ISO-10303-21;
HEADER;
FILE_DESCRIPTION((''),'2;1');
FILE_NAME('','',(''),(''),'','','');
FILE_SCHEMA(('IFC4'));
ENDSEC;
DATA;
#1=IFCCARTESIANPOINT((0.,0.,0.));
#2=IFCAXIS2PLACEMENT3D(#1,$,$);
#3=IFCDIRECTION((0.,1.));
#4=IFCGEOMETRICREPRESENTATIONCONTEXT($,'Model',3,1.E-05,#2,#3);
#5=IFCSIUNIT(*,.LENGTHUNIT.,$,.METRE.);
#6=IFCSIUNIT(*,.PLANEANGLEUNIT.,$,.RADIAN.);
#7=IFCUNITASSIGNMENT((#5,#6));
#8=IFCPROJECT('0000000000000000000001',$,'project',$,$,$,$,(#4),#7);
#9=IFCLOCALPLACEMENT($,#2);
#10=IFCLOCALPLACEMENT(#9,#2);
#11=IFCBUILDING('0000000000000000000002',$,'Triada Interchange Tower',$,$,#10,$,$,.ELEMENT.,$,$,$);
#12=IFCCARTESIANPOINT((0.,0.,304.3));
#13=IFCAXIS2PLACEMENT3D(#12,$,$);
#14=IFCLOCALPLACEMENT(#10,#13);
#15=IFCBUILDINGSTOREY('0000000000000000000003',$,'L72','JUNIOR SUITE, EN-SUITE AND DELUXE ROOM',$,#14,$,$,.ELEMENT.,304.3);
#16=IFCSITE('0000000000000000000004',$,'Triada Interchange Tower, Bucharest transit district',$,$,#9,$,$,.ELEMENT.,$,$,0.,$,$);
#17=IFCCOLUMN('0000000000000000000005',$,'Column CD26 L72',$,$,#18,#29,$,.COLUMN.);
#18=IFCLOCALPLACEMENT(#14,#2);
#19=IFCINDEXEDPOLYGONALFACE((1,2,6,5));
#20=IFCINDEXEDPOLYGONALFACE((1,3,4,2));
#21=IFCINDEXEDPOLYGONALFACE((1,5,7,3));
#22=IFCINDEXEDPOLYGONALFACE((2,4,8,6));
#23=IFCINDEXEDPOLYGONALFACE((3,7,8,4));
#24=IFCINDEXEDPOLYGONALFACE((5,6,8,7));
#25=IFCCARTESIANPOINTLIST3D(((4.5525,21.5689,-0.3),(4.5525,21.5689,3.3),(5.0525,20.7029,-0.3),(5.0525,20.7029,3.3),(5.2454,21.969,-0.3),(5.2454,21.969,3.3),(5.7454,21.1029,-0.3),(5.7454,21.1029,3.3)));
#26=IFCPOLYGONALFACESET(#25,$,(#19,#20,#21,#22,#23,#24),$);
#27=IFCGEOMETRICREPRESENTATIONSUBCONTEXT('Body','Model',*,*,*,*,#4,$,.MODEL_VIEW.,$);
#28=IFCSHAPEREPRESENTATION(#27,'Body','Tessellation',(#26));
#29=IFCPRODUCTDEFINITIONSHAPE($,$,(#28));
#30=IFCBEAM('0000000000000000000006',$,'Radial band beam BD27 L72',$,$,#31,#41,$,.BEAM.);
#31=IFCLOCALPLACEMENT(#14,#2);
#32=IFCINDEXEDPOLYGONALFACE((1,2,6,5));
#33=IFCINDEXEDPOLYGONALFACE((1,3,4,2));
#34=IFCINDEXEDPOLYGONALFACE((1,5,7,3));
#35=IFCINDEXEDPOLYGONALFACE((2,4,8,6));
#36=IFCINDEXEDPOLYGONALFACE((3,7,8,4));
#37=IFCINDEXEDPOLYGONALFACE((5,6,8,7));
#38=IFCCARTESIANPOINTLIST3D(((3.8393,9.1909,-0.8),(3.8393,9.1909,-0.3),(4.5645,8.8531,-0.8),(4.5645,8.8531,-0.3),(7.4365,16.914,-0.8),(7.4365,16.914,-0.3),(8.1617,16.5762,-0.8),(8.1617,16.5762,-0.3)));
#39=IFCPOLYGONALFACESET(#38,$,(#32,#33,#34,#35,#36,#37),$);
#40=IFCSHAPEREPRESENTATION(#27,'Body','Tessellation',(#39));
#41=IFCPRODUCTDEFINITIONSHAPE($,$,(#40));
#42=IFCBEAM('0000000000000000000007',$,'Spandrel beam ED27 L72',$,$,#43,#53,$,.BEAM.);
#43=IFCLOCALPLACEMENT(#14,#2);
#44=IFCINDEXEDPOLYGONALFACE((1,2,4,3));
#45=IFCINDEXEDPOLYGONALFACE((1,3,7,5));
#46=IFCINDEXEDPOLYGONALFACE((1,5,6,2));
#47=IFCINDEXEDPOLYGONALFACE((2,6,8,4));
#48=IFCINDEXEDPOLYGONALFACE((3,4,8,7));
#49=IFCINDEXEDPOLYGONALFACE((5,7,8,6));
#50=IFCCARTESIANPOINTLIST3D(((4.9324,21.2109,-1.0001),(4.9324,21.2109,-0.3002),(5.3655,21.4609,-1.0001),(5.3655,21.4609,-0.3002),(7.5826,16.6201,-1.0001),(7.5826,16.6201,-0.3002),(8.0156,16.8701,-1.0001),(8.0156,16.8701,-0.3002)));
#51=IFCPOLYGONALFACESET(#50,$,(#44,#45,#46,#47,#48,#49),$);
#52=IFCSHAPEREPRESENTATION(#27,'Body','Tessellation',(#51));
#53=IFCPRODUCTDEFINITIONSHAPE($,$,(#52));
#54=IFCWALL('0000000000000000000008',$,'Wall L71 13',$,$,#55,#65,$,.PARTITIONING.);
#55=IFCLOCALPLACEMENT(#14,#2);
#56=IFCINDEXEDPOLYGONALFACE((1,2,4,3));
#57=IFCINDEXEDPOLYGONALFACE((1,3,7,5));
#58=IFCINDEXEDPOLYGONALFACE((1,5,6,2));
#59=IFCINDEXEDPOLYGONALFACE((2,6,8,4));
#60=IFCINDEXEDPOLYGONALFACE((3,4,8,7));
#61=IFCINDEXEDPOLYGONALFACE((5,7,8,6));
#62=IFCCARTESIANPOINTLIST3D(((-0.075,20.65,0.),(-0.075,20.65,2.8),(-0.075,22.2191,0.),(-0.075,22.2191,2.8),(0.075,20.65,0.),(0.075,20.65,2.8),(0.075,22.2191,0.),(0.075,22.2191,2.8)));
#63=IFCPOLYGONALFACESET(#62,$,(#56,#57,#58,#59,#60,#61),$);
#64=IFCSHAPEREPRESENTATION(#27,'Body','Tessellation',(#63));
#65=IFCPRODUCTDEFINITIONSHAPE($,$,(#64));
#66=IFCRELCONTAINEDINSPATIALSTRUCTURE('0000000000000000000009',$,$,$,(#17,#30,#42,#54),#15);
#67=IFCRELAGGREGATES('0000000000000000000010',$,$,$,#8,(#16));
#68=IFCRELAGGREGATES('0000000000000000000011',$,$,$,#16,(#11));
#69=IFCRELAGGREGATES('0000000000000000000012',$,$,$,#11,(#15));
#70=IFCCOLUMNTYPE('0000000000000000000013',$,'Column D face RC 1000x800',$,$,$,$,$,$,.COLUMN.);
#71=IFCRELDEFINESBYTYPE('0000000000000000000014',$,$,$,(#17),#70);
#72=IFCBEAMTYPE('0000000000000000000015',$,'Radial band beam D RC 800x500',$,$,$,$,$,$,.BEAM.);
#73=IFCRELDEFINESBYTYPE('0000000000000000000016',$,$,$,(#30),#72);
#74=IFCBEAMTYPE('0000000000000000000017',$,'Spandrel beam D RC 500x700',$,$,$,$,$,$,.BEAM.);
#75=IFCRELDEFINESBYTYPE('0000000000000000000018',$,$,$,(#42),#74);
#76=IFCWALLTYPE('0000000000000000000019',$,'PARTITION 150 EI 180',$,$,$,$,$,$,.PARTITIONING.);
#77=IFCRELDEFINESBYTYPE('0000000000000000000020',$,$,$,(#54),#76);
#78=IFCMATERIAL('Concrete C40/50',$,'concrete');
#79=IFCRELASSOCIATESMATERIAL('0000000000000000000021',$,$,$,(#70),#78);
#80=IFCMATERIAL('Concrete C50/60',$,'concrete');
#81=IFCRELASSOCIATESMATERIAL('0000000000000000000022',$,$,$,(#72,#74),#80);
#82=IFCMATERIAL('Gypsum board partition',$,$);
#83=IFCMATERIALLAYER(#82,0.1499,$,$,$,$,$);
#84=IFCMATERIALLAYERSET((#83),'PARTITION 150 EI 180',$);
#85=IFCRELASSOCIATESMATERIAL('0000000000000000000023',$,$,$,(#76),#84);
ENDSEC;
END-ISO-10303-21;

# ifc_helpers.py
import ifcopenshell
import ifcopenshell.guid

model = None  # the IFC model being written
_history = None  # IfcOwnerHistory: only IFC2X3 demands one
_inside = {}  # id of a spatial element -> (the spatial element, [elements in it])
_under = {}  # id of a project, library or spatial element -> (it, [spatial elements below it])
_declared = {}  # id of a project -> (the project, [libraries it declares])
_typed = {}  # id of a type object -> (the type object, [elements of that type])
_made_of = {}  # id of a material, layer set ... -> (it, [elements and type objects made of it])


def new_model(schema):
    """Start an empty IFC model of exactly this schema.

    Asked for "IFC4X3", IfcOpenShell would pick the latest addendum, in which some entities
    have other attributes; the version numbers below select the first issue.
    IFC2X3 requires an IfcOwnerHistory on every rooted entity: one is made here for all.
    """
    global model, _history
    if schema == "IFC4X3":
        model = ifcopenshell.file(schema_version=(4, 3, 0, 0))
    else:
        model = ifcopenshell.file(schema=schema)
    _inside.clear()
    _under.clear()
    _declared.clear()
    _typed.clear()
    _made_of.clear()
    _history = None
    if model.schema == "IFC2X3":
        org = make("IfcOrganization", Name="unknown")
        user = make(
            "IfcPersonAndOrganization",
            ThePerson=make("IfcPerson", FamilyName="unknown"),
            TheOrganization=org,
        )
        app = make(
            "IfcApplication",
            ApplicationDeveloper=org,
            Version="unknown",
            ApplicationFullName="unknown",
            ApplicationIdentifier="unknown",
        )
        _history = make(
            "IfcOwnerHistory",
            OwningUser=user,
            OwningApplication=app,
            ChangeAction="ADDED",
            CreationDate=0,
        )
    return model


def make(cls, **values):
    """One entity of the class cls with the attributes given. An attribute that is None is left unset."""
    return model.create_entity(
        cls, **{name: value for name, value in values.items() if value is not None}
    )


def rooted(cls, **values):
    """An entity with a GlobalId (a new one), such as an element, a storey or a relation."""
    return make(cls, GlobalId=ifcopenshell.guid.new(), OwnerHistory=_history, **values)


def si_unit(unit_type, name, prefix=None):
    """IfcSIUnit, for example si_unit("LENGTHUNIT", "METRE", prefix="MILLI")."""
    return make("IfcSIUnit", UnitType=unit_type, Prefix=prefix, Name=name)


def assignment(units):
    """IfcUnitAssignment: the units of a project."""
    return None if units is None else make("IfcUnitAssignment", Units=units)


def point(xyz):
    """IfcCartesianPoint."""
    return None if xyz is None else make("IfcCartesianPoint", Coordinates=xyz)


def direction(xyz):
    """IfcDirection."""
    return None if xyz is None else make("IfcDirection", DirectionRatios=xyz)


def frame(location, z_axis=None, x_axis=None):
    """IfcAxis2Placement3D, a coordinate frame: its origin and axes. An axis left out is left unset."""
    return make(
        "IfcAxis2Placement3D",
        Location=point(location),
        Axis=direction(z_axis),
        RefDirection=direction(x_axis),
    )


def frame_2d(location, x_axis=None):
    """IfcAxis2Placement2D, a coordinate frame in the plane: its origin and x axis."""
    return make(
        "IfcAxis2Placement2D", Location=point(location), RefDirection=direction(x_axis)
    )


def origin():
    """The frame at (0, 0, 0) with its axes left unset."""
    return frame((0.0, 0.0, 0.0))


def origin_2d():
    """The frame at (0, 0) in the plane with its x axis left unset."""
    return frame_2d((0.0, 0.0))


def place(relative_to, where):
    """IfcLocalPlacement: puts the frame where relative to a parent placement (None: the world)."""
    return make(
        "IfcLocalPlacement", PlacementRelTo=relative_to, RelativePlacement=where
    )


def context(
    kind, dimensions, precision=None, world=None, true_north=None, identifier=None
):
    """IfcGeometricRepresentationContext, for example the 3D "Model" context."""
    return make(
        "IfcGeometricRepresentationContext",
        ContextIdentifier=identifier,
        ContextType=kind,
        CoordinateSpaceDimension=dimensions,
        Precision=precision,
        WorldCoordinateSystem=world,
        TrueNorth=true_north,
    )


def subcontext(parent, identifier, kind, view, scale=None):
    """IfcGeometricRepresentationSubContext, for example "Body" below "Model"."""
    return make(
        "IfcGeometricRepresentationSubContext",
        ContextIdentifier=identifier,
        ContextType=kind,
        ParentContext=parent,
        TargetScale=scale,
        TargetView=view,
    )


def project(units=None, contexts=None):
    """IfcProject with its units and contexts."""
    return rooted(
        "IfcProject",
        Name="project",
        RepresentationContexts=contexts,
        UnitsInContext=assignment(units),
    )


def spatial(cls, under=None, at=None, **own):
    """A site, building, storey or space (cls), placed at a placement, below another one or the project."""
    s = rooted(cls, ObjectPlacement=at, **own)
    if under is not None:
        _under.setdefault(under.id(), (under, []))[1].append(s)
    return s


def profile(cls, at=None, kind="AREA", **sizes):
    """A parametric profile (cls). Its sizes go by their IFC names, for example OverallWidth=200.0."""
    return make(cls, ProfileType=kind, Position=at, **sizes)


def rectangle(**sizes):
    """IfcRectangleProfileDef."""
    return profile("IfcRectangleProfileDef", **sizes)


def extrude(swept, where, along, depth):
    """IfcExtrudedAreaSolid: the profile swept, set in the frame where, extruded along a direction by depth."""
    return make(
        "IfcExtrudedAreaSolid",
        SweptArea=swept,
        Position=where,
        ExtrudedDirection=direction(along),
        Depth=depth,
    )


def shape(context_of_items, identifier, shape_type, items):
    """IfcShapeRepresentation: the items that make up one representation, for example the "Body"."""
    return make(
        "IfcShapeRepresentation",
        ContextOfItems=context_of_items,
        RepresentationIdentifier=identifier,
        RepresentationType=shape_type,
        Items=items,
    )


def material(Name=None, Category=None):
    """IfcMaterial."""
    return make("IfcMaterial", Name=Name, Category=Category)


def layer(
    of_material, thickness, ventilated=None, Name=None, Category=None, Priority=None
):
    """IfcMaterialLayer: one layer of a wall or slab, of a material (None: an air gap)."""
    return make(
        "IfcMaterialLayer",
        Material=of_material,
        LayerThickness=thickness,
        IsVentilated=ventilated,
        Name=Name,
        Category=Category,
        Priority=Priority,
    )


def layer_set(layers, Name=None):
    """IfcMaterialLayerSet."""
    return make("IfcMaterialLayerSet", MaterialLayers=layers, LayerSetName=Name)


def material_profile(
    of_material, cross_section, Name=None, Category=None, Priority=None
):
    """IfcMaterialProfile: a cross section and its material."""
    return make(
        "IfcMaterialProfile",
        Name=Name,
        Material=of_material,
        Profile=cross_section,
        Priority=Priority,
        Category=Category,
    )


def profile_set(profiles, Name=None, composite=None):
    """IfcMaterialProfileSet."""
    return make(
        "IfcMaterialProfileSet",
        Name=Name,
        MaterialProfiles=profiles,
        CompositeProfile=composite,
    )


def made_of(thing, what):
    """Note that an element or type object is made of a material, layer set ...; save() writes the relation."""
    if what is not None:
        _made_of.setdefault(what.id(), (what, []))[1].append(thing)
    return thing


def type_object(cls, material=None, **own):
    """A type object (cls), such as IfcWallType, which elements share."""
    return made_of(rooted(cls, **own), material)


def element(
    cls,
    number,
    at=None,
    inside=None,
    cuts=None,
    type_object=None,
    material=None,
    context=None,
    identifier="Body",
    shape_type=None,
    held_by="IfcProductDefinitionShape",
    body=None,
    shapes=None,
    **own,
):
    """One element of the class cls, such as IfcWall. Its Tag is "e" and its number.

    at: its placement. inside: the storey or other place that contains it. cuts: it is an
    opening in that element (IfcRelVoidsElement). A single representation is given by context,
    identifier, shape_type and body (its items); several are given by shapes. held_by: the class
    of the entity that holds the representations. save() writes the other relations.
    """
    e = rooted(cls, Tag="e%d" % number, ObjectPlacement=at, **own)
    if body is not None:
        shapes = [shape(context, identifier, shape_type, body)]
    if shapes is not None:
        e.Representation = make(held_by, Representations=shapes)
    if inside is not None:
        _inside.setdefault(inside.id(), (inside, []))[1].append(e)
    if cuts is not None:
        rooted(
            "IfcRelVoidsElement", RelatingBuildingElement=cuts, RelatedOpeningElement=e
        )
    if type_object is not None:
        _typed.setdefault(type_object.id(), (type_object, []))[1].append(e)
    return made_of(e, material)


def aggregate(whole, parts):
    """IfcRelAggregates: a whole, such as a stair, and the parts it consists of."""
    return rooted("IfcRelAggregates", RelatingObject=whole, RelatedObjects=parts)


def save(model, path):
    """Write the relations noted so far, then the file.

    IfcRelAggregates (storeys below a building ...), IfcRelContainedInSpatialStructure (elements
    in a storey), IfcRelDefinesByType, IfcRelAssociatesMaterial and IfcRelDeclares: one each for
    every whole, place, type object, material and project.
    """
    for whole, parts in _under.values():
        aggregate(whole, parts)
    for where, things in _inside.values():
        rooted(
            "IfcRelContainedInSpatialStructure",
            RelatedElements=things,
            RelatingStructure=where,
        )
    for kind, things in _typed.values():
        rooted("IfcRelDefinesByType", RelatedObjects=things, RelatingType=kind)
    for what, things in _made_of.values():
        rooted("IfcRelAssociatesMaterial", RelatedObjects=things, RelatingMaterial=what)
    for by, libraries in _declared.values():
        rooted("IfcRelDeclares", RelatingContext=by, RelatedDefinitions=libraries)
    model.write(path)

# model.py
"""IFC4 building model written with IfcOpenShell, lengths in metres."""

from ifc_helpers import new_model, si_unit, direction, frame, frame_2d, origin, origin_2d, place, context, subcontext, project, spatial, rectangle, extrude, material, layer, layer_set, material_profile, profile_set, type_object, element, save


model = new_model("IFC4")

# Units and contexts
model_context = context("Model", 3, precision=1e-05, world=origin(), true_north=direction((0.0, 1.0)))
body_context = subcontext(model_context, "Body", "Model", "MODEL_VIEW")
ifc_project = project(units=[si_unit("LENGTHUNIT", "METRE"), si_unit("PLANEANGLEUNIT", "RADIAN")], contexts=[model_context])

# Site, building, storey
site_placement = place(None, origin())
site = spatial("IfcSite", under=ifc_project, at=site_placement, Name="Triada Interchange Tower, Bucharest transit district", CompositionType="ELEMENT", RefElevation=0.0)
building_placement = place(site_placement, origin())
building = spatial("IfcBuilding", under=site, at=building_placement, Name="Triada Interchange Tower", CompositionType="ELEMENT")
storey_placement = place(building_placement, frame((0.0, 0.0, 304.3)))
storey = spatial("IfcBuildingStorey", under=building, at=storey_placement, Name="L72", Description="JUNIOR SUITE, EN-SUITE AND DELUXE ROOM", CompositionType="ELEMENT", Elevation=304.3)

# Column
ifc_material_1 = material(Name="Concrete C40/50", Category="concrete")
ifc_material_profile_1 = material_profile(ifc_material_1, rectangle(XDim=1.0, YDim=0.8, at=origin_2d()), Name="RC 1000x800")
ifc_profile_set_1 = profile_set([ifc_material_profile_1], Name="Concrete C40/50")
column_type = type_object("IfcColumnType", Name="Column D face RC 1000x800", PredefinedType="COLUMN", material=ifc_profile_set_1)
column_placement = place(storey_placement, frame((5.1489, 21.3359, -0.3), z_axis=(0.0, 0.0, 1.0), x_axis=(-0.5, 0.866025, 0.0)))
element("IfcColumn", 1, at=column_placement, inside=storey, type_object=column_type, Name="Column CD26 L72", PredefinedType="COLUMN", context=body_context, shape_type="SweptSolid", body=[
    extrude(rectangle(XDim=1.0, YDim=0.8, at=origin_2d()), origin(), (0.0, 0.0, 1.0), 3.6001),
])

# Beams
ifc_material_2 = material(Name="Concrete C50/60", Category="concrete")
ifc_material_profile_2 = material_profile(ifc_material_2, rectangle(XDim=0.8, YDim=0.5, at=origin_2d()), Name="RC 800x500")
ifc_profile_set_2 = profile_set([ifc_material_profile_2], Name="Concrete C50/60")
beam_type_1 = type_object("IfcBeamType", Name="Radial band beam D RC 800x500", PredefinedType="BEAM", material=ifc_profile_set_2)
beam_1_placement = place(storey_placement, frame((7.7991, 16.7451, -0.55), z_axis=(-0.422214, -0.906496, 0.0), x_axis=(0.906496, -0.422214, 0.0)))
element("IfcBeam", 2, at=beam_1_placement, inside=storey, type_object=beam_type_1, Name="Radial band beam BD27 L72", PredefinedType="BEAM", context=body_context, shape_type="SweptSolid", body=[
    extrude(rectangle(XDim=0.8, YDim=0.5, at=origin_2d()), origin(), (0.0, 0.0, 1.0), 8.5198),
])
ifc_material_profile_3 = material_profile(ifc_material_2, rectangle(XDim=0.5, YDim=0.7, at=origin_2d()), Name="RC 500x700")
ifc_profile_set_3 = profile_set([ifc_material_profile_3], Name="Concrete C50/60")
beam_type_2 = type_object("IfcBeamType", Name="Spandrel beam D RC 500x700", PredefinedType="BEAM", material=ifc_profile_set_3)
beam_2_placement = place(storey_placement, frame((7.7991, 16.7451, -0.6501), z_axis=(-0.499948, 0.866055, 0.0), x_axis=(-0.866055, -0.499948, 0.0)))
element("IfcBeam", 3, at=beam_2_placement, inside=storey, type_object=beam_type_2, Name="Spandrel beam ED27 L72", PredefinedType="BEAM", context=body_context, shape_type="SweptSolid", body=[
    extrude(rectangle(XDim=0.5, YDim=0.7, at=origin_2d()), origin(), (0.0, 0.0, 1.0), 5.3008),
])

# Wall
ifc_material_3 = material(Name="Gypsum board partition")
ifc_layer_1 = layer(ifc_material_3, 0.1499)
ifc_layer_set_1 = layer_set([ifc_layer_1], Name="PARTITION 150 EI 180")
wall_type_1 = type_object("IfcWallType", Name="PARTITION 150 EI 180", PredefinedType="PARTITIONING", material=ifc_layer_set_1)
wall_1_placement = place(storey_placement, frame((0.0, 20.6499, 0.0), z_axis=(0.0, 0.0, 1.0), x_axis=(0.0, 1.0, 0.0)))
element("IfcWall", 4, at=wall_1_placement, inside=storey, type_object=wall_type_1, Name="Wall L71 13", PredefinedType="PARTITIONING", context=body_context, shape_type="SweptSolid", body=[
    extrude(rectangle(XDim=1.5691, YDim=0.1499, at=frame_2d((0.7847, 0.0))), origin(), (0.0, 0.0, 1.0), 2.8),
])

save(model, "model.ifc")
